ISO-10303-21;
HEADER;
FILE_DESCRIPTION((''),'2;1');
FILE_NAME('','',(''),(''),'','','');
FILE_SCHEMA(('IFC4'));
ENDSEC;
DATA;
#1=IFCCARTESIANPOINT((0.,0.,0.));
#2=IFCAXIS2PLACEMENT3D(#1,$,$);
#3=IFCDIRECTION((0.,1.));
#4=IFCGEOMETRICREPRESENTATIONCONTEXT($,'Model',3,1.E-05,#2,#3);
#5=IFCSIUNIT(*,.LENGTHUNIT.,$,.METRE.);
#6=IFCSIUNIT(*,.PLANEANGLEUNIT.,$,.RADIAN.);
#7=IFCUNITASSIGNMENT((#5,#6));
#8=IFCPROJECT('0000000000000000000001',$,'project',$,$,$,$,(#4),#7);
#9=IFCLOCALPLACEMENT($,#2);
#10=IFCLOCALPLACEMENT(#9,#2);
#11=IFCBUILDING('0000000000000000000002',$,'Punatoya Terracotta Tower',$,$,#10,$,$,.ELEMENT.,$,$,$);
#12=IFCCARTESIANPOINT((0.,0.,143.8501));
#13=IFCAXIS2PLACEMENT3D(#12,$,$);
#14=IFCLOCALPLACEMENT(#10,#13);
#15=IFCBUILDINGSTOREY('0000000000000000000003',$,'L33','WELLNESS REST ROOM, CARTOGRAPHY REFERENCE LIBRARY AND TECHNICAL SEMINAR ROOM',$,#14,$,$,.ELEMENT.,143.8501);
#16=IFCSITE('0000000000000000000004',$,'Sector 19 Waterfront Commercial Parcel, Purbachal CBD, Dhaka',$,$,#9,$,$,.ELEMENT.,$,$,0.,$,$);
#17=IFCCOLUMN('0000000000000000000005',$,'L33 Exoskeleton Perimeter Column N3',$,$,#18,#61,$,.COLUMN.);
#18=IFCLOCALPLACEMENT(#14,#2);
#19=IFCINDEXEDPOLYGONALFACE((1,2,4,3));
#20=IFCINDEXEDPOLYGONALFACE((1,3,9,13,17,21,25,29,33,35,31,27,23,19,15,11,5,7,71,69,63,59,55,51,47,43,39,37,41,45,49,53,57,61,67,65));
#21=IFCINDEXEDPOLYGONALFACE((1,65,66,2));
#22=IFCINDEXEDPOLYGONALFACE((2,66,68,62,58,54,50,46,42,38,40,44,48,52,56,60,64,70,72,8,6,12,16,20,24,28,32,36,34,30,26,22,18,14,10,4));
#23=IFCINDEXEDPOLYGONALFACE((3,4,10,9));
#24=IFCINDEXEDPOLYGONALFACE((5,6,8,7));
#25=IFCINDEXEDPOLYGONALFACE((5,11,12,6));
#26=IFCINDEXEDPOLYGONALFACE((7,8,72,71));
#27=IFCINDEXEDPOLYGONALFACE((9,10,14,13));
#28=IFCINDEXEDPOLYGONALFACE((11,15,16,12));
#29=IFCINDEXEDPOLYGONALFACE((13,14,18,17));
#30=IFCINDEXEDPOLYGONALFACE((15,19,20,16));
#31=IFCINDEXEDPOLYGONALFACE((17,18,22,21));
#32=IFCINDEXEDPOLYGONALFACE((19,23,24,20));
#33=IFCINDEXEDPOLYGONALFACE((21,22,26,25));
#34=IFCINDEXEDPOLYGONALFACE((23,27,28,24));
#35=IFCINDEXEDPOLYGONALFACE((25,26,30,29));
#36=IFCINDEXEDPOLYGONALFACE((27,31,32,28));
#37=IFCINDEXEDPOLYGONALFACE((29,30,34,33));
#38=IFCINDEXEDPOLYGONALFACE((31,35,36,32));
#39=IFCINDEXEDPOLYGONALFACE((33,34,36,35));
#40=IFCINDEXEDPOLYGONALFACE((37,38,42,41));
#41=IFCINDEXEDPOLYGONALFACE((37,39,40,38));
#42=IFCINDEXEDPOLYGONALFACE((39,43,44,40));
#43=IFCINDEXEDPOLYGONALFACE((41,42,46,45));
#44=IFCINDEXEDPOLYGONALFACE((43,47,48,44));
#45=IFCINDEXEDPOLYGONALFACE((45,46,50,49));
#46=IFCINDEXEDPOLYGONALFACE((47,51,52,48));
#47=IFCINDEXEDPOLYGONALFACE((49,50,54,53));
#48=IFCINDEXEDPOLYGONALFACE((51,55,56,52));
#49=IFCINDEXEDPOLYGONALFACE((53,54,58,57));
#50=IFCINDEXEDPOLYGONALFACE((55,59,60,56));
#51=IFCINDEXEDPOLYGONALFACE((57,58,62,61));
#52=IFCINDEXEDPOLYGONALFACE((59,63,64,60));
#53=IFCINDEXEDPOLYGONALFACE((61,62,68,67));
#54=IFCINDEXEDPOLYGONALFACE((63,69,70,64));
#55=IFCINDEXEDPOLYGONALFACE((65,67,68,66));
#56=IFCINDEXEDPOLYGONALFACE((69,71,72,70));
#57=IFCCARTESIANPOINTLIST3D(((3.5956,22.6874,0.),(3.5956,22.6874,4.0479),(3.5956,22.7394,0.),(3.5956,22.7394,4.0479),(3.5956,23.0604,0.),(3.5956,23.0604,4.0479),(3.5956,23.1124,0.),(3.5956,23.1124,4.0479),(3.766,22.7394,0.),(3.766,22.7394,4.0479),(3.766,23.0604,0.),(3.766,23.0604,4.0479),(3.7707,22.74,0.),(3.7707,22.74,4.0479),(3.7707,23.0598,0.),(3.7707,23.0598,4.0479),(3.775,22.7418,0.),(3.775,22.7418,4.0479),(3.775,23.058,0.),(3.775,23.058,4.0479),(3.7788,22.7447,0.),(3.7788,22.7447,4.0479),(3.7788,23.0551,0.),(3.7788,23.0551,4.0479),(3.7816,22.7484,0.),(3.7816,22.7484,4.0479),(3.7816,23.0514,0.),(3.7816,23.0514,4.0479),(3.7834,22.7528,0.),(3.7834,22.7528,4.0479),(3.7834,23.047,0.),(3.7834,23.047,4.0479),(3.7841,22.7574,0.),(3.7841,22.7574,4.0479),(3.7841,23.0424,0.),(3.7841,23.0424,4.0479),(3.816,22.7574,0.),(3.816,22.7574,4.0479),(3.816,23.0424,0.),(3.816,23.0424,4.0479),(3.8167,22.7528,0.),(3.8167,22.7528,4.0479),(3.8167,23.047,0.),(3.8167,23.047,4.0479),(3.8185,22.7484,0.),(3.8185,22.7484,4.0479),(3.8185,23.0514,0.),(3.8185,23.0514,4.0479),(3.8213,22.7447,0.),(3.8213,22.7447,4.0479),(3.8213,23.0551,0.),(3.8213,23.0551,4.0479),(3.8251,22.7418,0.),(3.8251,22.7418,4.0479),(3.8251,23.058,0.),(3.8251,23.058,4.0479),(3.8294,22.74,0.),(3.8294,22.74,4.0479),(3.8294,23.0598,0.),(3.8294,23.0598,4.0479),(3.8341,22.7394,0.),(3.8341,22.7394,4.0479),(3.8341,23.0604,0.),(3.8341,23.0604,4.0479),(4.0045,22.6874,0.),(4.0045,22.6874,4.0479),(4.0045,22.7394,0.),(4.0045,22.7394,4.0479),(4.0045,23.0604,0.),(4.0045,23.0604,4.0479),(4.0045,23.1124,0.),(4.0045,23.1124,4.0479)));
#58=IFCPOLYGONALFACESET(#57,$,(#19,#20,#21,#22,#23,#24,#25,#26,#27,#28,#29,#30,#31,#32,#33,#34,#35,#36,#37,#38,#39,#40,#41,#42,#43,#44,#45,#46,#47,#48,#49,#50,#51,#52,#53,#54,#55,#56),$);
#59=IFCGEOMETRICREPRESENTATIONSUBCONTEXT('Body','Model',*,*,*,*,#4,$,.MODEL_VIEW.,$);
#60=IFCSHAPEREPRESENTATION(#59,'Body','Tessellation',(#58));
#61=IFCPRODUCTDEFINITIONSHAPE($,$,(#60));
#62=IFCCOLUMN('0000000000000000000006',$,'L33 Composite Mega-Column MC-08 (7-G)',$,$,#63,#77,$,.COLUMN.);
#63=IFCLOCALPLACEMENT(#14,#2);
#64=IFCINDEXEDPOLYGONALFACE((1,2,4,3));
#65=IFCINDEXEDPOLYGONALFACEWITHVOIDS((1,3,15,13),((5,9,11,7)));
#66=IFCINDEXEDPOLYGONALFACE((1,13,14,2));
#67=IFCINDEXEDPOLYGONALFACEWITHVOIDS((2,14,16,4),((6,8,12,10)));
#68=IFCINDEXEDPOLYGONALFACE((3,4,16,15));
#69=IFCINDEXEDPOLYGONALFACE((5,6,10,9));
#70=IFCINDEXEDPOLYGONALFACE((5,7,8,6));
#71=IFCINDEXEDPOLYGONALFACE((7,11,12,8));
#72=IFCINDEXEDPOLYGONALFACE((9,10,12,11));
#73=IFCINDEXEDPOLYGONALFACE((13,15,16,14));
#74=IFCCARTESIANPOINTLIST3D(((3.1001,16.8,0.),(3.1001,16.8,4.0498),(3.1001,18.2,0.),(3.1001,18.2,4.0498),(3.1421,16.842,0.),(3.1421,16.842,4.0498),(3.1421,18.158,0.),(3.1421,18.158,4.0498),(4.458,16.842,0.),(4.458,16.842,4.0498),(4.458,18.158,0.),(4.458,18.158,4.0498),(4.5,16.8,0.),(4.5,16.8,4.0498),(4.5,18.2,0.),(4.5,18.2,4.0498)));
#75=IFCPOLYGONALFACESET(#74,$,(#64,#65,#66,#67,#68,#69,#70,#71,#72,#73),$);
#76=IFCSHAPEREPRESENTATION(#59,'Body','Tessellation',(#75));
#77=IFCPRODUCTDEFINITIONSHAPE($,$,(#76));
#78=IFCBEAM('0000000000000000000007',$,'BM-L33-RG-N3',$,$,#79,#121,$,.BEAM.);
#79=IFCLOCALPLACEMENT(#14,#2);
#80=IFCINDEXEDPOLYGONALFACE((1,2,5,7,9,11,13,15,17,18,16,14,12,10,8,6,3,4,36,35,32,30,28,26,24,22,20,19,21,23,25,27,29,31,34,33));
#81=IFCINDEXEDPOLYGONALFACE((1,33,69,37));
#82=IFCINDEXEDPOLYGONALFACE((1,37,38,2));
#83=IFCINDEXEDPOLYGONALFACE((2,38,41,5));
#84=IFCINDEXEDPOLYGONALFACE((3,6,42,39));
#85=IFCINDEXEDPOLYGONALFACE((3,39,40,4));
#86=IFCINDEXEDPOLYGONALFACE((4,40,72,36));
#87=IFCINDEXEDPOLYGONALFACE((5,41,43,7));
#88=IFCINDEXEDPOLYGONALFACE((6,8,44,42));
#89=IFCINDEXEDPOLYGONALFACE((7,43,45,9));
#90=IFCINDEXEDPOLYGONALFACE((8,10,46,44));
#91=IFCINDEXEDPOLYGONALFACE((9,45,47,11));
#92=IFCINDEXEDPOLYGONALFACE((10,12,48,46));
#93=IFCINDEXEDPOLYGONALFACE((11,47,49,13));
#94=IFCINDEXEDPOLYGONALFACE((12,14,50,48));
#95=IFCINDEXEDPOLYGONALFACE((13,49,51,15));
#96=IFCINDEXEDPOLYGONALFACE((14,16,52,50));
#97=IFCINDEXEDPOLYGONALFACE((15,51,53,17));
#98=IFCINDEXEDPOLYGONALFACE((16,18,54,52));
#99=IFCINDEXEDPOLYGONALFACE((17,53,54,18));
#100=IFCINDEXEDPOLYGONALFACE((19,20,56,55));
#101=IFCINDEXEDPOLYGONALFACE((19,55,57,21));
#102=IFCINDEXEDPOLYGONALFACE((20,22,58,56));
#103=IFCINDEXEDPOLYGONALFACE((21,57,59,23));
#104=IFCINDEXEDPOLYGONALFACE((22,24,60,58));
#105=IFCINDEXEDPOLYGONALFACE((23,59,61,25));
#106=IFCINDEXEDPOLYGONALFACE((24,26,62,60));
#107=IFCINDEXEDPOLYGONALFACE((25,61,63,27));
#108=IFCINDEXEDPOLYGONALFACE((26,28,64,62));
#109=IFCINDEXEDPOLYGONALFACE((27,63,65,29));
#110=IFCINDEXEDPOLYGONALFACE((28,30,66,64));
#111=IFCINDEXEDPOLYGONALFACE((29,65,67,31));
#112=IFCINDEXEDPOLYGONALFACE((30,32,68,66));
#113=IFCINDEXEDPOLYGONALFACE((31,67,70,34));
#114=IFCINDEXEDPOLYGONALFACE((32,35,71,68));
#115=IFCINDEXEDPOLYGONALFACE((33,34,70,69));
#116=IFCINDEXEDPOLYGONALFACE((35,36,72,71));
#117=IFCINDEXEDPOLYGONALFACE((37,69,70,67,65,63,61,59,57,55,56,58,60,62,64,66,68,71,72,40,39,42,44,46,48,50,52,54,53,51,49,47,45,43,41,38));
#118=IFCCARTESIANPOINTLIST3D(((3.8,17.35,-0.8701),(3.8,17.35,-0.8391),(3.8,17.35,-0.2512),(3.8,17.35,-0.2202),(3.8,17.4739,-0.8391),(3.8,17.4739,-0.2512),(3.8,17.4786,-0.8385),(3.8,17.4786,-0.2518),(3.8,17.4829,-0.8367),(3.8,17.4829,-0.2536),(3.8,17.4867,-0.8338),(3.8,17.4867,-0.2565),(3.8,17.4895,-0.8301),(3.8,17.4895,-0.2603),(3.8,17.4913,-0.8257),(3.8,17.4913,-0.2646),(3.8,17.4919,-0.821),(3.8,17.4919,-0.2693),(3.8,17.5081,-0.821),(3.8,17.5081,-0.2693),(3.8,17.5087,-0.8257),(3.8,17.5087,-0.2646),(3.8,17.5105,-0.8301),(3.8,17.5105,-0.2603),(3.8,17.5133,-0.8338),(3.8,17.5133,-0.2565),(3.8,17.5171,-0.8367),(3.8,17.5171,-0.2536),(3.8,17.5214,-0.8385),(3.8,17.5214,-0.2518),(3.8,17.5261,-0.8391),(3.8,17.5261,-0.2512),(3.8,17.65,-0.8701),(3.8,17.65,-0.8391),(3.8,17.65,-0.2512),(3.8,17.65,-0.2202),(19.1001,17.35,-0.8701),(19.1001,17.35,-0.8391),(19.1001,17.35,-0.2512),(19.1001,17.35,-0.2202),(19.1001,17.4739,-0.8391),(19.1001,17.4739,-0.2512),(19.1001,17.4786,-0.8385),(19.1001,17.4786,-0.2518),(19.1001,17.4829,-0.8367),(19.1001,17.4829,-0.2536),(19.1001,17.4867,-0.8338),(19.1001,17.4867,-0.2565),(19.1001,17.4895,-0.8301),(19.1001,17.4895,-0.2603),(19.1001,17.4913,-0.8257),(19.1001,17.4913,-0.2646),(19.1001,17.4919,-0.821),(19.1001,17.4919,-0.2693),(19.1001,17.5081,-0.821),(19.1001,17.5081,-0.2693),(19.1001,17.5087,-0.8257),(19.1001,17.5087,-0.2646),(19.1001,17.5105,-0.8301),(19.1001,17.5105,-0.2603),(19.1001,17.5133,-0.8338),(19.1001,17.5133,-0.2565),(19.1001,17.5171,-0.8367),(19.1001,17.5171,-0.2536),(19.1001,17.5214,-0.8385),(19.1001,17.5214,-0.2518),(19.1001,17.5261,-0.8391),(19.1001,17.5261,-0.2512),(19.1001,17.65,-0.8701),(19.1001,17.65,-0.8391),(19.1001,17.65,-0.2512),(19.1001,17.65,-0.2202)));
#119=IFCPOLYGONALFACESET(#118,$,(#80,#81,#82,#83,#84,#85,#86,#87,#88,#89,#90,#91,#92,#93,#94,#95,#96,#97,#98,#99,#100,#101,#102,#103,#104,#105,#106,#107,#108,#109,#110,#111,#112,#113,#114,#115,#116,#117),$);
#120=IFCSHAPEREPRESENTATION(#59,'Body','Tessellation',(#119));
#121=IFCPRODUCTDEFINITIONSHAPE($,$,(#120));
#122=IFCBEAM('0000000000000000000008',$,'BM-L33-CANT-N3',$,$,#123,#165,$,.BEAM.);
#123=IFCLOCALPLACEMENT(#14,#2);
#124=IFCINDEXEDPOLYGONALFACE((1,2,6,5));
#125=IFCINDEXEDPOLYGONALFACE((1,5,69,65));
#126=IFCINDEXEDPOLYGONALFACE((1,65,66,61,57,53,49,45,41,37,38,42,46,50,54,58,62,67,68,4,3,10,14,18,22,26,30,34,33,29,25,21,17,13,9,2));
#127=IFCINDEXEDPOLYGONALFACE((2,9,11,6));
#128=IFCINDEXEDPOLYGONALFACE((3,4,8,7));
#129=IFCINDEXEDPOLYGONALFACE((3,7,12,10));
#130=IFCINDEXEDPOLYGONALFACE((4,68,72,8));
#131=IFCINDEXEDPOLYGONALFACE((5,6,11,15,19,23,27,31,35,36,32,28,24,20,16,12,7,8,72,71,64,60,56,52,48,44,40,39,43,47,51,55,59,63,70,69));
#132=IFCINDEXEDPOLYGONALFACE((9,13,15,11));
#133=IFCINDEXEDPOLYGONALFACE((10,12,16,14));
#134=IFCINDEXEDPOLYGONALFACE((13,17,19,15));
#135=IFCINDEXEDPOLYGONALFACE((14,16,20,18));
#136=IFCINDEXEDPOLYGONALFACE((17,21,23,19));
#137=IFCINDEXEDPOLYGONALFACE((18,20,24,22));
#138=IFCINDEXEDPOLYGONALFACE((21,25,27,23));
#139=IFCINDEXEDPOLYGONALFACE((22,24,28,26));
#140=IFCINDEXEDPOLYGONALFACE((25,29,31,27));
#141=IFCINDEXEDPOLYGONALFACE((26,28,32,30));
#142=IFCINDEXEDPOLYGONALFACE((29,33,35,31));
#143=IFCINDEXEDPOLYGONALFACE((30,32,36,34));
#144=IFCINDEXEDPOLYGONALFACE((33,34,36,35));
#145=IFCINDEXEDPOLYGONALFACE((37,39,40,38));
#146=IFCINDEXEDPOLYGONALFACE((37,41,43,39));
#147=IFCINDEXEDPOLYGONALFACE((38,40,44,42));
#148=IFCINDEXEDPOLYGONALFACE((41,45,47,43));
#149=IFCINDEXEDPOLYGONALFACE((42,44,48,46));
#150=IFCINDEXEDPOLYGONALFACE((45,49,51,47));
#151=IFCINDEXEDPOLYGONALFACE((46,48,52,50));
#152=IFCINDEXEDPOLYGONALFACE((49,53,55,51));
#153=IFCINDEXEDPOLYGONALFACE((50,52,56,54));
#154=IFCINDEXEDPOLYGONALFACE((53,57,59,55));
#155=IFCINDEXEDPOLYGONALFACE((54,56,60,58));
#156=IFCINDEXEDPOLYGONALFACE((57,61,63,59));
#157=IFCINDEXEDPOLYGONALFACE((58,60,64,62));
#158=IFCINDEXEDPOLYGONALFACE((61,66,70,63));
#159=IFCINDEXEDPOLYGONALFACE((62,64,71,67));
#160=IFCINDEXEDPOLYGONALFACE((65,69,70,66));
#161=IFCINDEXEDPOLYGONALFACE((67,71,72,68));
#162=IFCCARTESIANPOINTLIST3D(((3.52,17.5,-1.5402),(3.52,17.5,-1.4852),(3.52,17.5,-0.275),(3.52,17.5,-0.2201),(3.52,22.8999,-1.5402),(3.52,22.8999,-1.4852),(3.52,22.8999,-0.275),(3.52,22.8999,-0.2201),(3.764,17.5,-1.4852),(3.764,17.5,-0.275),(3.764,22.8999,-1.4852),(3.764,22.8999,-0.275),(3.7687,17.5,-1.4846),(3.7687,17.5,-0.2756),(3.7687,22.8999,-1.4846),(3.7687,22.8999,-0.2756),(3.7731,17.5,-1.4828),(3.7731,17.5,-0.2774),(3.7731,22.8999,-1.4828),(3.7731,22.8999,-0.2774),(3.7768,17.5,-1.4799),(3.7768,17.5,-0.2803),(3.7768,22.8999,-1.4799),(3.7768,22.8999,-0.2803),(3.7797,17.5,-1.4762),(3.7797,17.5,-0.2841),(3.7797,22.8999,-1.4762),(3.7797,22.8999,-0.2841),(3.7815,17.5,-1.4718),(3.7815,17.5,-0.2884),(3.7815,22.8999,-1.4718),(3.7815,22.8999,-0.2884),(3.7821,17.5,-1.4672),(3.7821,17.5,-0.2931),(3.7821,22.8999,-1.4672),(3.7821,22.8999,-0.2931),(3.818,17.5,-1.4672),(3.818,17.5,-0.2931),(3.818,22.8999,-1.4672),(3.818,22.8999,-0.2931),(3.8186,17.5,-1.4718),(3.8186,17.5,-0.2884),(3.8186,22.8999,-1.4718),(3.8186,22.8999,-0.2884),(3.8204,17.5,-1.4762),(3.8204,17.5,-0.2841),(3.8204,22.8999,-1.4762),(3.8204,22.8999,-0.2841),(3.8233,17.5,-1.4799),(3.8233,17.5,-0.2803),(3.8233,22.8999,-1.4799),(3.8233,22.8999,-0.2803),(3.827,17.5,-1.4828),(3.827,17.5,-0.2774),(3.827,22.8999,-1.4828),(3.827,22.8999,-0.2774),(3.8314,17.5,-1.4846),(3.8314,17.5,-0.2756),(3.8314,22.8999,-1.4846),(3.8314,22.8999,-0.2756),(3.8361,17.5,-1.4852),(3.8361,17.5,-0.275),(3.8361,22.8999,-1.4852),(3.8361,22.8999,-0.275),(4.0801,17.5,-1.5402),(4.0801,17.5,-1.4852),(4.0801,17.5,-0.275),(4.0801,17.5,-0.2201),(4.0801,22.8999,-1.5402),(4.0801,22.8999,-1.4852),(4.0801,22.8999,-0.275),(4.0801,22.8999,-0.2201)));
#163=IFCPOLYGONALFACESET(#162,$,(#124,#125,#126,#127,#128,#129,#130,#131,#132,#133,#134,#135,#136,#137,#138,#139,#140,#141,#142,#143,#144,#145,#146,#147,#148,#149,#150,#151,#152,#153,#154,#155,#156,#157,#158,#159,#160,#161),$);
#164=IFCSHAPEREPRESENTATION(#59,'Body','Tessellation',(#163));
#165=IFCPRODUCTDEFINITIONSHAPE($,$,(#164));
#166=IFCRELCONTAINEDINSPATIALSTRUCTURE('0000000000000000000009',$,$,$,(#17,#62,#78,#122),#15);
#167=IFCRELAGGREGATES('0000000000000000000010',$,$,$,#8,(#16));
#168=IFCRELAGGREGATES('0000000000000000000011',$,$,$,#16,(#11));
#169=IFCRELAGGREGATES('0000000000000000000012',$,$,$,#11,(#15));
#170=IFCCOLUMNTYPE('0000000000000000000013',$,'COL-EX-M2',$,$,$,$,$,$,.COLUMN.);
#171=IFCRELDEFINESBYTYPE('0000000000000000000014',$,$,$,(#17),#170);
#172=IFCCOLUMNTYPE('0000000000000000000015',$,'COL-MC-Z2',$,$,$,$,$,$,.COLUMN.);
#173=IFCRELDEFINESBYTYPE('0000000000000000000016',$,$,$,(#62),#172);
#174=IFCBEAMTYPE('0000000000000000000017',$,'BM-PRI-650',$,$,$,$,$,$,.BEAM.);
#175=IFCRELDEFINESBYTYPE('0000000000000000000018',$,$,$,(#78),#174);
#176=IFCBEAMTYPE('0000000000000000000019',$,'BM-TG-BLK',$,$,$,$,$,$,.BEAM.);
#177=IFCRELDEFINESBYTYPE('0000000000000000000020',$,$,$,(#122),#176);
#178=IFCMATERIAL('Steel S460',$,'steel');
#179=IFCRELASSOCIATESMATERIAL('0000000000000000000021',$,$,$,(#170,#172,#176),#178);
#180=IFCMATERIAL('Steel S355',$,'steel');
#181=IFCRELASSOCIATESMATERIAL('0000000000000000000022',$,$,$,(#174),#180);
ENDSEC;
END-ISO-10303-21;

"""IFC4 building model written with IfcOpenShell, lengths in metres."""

from ifc_helpers import new_model, si_unit, direction, frame, origin, origin_2d, place, context, subcontext, project, spatial, hollow_rectangle, i_section, extrude, material, material_profile, profile_set, type_object, element, save


model = new_model("IFC4")

# Units and contexts
model_context = context("Model", 3, precision=1e-05, world=origin(), true_north=direction((0.0, 1.0)))
body_context = subcontext(model_context, "Body", "Model", "MODEL_VIEW")
ifc_project = project(units=[si_unit("LENGTHUNIT", "METRE"), si_unit("PLANEANGLEUNIT", "RADIAN")], contexts=[model_context])

# Site, building, storey
site_placement = place(None, origin())
site = spatial("IfcSite", under=ifc_project, at=site_placement, Name="Sector 19 Waterfront Commercial Parcel, Purbachal CBD, Dhaka", CompositionType="ELEMENT", RefElevation=0.0)
building_placement = place(site_placement, origin())
building = spatial("IfcBuilding", under=site, at=building_placement, Name="Punatoya Terracotta Tower", CompositionType="ELEMENT")
storey_placement = place(building_placement, frame((0.0, 0.0, 143.8501)))
storey = spatial("IfcBuildingStorey", under=building, at=storey_placement, Name="L33", Description="WELLNESS REST ROOM, CARTOGRAPHY REFERENCE LIBRARY AND TECHNICAL SEMINAR ROOM", CompositionType="ELEMENT", Elevation=143.8501)

# Columns
ifc_material_1 = material(Name="Steel S460", Category="steel")
ifc_material_profile_1 = material_profile(ifc_material_1, i_section(OverallWidth=0.4089, OverallDepth=0.425, WebThickness=0.032, FlangeThickness=0.052, FilletRadius=0.0181, at=origin_2d()))
ifc_profile_set_1 = profile_set([ifc_material_profile_1], Name="Steel S460")
column_type_1 = type_object("IfcColumnType", Name="COL-EX-M2", PredefinedType="COLUMN", material=ifc_profile_set_1)
column_1_placement = place(storey_placement, frame((3.8, 22.8999, 0.0), z_axis=(0.0, 0.0, 1.0), x_axis=(1.0, 0.0, 0.0)))
element("IfcColumn", 1, at=column_1_placement, inside=storey, type_object=column_type_1, Name="L33 Exoskeleton Perimeter Column N3", PredefinedType="COLUMN", context=body_context, shape_type="SweptSolid", body=[
    extrude(i_section(OverallWidth=0.4089, OverallDepth=0.425, WebThickness=0.032, FlangeThickness=0.052, FilletRadius=0.0181, at=origin_2d()), origin(), (0.0, 0.0, 1.0), 4.0479),
])
ifc_material_profile_2 = material_profile(ifc_material_1, hollow_rectangle(XDim=1.3999, YDim=1.3999, WallThickness=0.042, at=origin_2d()))
ifc_profile_set_2 = profile_set([ifc_material_profile_2], Name="Steel S460")
column_type_2 = type_object("IfcColumnType", Name="COL-MC-Z2", PredefinedType="COLUMN", material=ifc_profile_set_2)
column_2_placement = place(storey_placement, frame((3.8, 17.5, 0.0), z_axis=(0.0, 0.0, 1.0), x_axis=(1.0, 0.0, 0.0)))
element("IfcColumn", 2, at=column_2_placement, inside=storey, type_object=column_type_2, Name="L33 Composite Mega-Column MC-08 (7-G)", PredefinedType="COLUMN", context=body_context, shape_type="SweptSolid", body=[
    extrude(hollow_rectangle(XDim=1.3999, YDim=1.3999, WallThickness=0.042, at=origin_2d()), origin(), (0.0, 0.0, 1.0), 4.0498),
])

# Beams
ifc_material_2 = material(Name="Steel S355", Category="steel")
ifc_material_profile_3 = material_profile(ifc_material_2, i_section(OverallWidth=0.3, OverallDepth=0.6499, WebThickness=0.0161, FlangeThickness=0.031, FilletRadius=0.0181, at=origin_2d()))
ifc_profile_set_3 = profile_set([ifc_material_profile_3], Name="Steel S355")
beam_type_1 = type_object("IfcBeamType", Name="BM-PRI-650", PredefinedType="BEAM", material=ifc_profile_set_3)
beam_1_placement = place(storey_placement, frame((3.8, 17.5, -0.5452), z_axis=(1.0, 0.0, 0.0), x_axis=(0.0, 1.0, 0.0)))
element("IfcBeam", 3, at=beam_1_placement, inside=storey, type_object=beam_type_1, Name="BM-L33-RG-N3", PredefinedType="BEAM", context=body_context, shape_type="SweptSolid", body=[
    extrude(i_section(OverallWidth=0.3, OverallDepth=0.6499, WebThickness=0.0161, FlangeThickness=0.031, FilletRadius=0.0181, at=origin_2d()), origin(), (0.0, 0.0, 1.0), 15.3),
])
ifc_material_profile_4 = material_profile(ifc_material_1, i_section(OverallWidth=0.5601, OverallDepth=1.3201, WebThickness=0.0359, FlangeThickness=0.0549, FilletRadius=0.0181, at=origin_2d()))
ifc_profile_set_4 = profile_set([ifc_material_profile_4], Name="Steel S460")
beam_type_2 = type_object("IfcBeamType", Name="BM-TG-BLK", PredefinedType="BEAM", material=ifc_profile_set_4)
beam_2_placement = place(storey_placement, frame((3.8, 17.5, -0.8801), z_axis=(0.0, 1.0, 0.0), x_axis=(-1.0, 0.0, 0.0)))
element("IfcBeam", 4, at=beam_2_placement, inside=storey, type_object=beam_type_2, Name="BM-L33-CANT-N3", PredefinedType="BEAM", context=body_context, shape_type="SweptSolid", body=[
    extrude(i_section(OverallWidth=0.5601, OverallDepth=1.3201, WebThickness=0.0359, FlangeThickness=0.0549, FilletRadius=0.0181, at=origin_2d()), origin(), (0.0, 0.0, 1.0), 5.3999),
])

save(model, "model.ifc")
